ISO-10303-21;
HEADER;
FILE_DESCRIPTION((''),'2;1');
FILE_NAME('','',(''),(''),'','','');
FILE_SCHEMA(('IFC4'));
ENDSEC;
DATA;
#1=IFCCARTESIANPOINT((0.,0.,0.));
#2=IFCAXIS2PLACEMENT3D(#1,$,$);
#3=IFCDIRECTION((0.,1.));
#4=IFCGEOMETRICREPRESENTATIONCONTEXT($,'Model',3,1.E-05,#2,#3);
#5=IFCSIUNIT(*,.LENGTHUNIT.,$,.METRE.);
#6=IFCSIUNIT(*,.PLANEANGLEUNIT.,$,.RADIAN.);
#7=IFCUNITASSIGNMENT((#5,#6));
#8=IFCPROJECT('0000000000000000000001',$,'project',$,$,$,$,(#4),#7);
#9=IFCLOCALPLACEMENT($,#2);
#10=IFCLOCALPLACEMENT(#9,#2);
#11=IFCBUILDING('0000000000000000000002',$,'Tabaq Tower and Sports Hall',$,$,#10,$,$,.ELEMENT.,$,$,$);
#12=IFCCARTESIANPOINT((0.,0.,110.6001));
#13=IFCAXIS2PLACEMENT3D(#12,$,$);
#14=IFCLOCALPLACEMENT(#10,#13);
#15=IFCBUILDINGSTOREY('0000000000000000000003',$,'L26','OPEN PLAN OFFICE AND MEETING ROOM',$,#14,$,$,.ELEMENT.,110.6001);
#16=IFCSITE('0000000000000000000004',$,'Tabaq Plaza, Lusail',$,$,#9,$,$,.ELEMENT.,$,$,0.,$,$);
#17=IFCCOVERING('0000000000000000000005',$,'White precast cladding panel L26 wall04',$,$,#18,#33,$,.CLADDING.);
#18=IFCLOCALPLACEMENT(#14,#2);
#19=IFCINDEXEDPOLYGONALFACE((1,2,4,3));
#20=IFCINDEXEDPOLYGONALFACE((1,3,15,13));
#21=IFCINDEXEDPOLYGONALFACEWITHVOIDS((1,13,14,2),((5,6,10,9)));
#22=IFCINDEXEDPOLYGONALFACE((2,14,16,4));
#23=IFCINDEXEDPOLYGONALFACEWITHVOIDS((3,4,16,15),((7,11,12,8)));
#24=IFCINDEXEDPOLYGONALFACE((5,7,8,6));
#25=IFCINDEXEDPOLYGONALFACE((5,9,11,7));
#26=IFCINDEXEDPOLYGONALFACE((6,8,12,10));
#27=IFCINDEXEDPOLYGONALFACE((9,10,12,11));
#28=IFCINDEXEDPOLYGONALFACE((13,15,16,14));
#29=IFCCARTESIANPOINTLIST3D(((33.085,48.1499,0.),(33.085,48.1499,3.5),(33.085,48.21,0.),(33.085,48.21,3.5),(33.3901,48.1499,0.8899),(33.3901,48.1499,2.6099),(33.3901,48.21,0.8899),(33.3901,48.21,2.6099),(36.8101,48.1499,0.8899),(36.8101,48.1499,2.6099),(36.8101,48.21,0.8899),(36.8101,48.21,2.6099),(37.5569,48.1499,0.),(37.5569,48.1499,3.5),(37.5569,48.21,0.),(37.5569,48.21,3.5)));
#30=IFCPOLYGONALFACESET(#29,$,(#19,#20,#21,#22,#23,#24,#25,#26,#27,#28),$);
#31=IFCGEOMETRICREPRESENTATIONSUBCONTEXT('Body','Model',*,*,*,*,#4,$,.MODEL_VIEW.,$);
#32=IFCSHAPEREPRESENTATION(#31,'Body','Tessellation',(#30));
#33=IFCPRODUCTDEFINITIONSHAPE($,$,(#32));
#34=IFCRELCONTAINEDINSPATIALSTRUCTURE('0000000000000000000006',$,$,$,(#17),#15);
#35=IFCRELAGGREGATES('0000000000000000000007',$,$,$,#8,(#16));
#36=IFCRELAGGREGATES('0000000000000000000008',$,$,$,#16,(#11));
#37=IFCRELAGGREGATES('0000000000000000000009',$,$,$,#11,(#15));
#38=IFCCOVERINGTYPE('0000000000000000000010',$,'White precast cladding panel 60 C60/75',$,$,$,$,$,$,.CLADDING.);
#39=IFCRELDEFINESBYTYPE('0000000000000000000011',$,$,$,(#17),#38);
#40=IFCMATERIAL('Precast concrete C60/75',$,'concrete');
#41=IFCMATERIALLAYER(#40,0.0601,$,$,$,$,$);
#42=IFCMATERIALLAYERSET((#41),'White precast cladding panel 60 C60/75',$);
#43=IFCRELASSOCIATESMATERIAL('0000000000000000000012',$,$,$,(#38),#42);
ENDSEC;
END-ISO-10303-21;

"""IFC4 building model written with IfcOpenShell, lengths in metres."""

from ifc_helpers import new_model, si_unit, direction, frame, origin, place, context, subcontext, project, spatial, polyline, outline, extrude, material, layer, layer_set, type_object, element, save


model = new_model("IFC4")

# Units and contexts
model_context = context("Model", 3, precision=1e-05, world=origin(), true_north=direction((0.0, 1.0)))
body_context = subcontext(model_context, "Body", "Model", "MODEL_VIEW")
ifc_project = project(units=[si_unit("LENGTHUNIT", "METRE"), si_unit("PLANEANGLEUNIT", "RADIAN")], contexts=[model_context])

# Site, building, storey
site_placement = place(None, origin())
site = spatial("IfcSite", under=ifc_project, at=site_placement, Name="Tabaq Plaza, Lusail", CompositionType="ELEMENT", RefElevation=0.0)
building_placement = place(site_placement, origin())
building = spatial("IfcBuilding", under=site, at=building_placement, Name="Tabaq Tower and Sports Hall", CompositionType="ELEMENT")
storey_placement = place(building_placement, frame((0.0, 0.0, 110.6001)))
storey = spatial("IfcBuildingStorey", under=building, at=storey_placement, Name="L26", Description="OPEN PLAN OFFICE AND MEETING ROOM", CompositionType="ELEMENT", Elevation=110.6001)

# Covering
ifc_material_1 = material(Name="Precast concrete C60/75", Category="concrete")
ifc_layer_1 = layer(ifc_material_1, 0.0601)
ifc_layer_set_1 = layer_set([ifc_layer_1], Name="White precast cladding panel 60 C60/75")
covering_type_1 = type_object("IfcCoveringType", Name="White precast cladding panel 60 C60/75", PredefinedType="CLADDING", material=ifc_layer_set_1)
covering_1_placement = place(storey_placement, frame((37.5569, 48.1799, 0.0), z_axis=(0.0, 0.0, 1.0), x_axis=(-1.0, 0.0, 0.0)))
element("IfcCovering", 1, at=covering_1_placement, inside=storey, type_object=covering_type_1, Name="White precast cladding panel L26 wall04", PredefinedType="CLADDING", context=body_context, shape_type="SweptSolid", body=[
    extrude(outline(polyline([(0.0, 0.0), (4.4719, 0.0), (4.4719, 3.5), (0.0, 3.5), (0.0, 0.0)]), holes=[polyline([(0.7468, 0.8899), (0.7468, 2.6099), (4.1667, 2.6099), (4.1667, 0.8899), (0.7468, 0.8899)])]), frame((0.0, 0.03, 0.0), z_axis=(0.0, -1.0, 0.0), x_axis=(1.0, 0.0, 0.0)), (0.0, 0.0, 1.0), 0.0601),
])

save(model, "model.ifc")
